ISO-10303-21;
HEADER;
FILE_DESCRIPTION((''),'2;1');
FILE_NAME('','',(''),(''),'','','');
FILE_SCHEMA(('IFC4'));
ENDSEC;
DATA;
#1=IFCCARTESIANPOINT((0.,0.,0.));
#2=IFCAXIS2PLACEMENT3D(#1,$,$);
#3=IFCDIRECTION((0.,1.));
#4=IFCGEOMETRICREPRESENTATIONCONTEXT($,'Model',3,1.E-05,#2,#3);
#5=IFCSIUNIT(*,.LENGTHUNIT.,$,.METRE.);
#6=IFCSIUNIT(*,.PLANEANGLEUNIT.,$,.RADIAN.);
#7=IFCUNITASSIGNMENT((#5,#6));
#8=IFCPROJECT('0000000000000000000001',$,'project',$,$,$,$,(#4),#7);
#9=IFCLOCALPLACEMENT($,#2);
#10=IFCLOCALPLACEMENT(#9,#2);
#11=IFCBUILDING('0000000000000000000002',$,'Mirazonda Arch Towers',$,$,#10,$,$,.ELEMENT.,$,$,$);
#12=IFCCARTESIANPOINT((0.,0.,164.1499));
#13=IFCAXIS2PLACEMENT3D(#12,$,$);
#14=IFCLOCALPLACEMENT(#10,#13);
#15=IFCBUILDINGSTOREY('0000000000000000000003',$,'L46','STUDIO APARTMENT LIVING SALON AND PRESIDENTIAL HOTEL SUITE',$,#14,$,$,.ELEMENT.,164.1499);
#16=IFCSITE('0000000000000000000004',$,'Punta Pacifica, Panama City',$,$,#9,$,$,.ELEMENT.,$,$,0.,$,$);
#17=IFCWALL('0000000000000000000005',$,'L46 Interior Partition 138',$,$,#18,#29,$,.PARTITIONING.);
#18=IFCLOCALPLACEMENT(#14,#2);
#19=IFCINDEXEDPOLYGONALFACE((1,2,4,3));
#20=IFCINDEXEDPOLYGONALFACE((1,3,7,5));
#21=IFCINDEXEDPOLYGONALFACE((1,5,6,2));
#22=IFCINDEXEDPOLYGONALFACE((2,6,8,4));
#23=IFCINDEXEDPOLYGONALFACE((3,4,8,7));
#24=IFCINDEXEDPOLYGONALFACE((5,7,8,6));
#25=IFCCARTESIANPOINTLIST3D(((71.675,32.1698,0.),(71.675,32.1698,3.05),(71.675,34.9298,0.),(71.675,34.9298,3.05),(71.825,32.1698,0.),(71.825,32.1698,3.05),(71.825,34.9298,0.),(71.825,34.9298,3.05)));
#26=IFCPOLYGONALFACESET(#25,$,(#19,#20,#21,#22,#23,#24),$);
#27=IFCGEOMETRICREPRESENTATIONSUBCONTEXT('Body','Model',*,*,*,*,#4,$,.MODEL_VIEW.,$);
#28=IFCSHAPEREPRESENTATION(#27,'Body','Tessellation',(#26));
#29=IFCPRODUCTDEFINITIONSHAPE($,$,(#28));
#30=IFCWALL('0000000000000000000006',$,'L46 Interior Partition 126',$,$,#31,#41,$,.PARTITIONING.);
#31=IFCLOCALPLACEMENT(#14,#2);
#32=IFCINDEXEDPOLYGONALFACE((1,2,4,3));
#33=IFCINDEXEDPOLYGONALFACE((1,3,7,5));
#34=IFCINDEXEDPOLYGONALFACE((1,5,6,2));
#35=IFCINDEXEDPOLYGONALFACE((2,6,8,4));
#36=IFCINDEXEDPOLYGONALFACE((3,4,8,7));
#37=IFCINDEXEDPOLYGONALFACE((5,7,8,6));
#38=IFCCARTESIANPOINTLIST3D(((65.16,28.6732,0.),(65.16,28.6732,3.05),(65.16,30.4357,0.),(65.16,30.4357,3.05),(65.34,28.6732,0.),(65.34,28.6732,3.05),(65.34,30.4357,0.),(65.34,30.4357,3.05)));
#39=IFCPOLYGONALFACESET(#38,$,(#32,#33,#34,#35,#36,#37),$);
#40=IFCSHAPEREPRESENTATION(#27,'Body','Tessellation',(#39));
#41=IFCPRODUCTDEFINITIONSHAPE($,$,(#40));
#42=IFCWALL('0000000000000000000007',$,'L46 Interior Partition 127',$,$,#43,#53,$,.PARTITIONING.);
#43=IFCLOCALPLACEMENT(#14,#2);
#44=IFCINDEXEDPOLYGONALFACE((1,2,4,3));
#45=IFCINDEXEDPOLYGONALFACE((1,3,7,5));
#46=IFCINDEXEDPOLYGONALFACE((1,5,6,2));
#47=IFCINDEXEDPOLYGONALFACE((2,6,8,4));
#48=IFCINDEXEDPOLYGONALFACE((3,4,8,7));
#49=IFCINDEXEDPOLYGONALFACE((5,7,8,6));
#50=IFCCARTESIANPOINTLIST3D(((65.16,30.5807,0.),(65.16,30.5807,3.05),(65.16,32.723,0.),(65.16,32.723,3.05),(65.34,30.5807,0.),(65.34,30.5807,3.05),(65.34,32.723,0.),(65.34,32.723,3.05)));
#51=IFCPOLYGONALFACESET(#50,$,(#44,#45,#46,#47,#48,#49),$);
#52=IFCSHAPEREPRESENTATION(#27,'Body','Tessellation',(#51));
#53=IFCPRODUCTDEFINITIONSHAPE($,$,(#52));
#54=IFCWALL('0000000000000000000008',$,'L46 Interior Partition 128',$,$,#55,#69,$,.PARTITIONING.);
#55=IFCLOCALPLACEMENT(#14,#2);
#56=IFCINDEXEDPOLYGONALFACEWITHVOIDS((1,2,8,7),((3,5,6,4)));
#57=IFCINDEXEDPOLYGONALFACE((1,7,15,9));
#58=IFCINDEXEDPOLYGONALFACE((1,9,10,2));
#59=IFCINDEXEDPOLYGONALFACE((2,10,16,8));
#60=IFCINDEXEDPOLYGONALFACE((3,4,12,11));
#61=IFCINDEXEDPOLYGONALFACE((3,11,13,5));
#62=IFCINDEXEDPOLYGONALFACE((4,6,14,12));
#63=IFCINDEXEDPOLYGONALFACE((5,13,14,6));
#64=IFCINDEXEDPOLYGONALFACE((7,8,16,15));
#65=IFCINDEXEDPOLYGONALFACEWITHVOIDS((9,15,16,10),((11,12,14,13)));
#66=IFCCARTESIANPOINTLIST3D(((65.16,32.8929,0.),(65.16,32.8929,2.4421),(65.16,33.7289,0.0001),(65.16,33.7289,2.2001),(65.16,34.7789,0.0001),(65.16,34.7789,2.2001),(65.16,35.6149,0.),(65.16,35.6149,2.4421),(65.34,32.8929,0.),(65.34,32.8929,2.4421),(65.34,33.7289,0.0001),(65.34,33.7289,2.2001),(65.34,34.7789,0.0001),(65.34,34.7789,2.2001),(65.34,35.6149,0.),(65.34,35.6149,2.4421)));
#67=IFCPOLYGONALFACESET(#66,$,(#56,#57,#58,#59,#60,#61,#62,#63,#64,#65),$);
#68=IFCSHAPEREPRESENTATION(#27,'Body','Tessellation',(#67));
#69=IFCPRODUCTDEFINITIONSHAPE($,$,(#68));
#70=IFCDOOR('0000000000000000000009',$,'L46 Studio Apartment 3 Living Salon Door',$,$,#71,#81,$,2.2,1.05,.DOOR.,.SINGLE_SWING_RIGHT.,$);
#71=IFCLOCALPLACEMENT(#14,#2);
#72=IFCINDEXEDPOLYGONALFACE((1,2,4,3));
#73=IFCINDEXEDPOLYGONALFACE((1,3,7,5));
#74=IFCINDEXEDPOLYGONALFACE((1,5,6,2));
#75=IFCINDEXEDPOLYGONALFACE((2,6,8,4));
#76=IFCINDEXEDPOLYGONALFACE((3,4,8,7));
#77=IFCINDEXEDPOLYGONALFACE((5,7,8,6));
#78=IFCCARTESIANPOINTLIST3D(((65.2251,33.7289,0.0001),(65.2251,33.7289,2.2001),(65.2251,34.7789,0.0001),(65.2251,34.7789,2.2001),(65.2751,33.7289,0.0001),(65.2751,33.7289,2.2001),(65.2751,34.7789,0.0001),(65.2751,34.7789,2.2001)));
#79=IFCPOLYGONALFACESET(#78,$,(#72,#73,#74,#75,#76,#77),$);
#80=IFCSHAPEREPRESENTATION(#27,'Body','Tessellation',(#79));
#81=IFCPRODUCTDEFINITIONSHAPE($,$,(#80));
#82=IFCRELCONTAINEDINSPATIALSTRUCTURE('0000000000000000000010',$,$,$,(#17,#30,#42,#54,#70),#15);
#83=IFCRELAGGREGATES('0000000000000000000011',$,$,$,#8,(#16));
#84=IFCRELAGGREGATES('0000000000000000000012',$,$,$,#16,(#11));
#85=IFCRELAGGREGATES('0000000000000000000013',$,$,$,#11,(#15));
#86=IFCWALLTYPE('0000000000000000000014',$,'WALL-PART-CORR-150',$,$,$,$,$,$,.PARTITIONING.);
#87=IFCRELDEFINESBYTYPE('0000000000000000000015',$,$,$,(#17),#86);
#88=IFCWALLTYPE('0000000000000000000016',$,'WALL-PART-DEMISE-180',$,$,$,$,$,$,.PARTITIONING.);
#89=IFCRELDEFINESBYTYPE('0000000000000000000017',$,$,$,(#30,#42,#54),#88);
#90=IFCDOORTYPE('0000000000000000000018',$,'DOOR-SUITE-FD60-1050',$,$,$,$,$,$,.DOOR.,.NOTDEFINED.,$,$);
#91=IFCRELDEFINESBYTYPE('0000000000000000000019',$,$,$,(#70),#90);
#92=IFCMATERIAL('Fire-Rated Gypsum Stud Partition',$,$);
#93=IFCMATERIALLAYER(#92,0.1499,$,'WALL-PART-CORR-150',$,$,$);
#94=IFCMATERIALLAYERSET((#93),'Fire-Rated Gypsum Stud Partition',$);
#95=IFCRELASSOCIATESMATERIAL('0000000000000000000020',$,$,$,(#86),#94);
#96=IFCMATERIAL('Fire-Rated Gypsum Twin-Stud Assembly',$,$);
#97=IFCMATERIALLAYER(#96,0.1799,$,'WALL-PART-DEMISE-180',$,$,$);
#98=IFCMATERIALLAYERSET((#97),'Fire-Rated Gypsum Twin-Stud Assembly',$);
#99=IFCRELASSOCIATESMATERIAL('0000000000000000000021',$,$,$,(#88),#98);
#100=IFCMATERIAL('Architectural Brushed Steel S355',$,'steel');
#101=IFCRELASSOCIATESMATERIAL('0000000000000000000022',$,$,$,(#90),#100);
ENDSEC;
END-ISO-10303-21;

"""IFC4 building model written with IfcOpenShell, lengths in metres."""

from ifc_helpers import new_model, si_unit, direction, frame, frame_2d, origin, place, context, subcontext, project, spatial, rectangle, extrude, material, layer, layer_set, type_object, element, fill, save


model = new_model("IFC4")

# Units and contexts
model_context = context("Model", 3, precision=1e-05, world=origin(), true_north=direction((0.0, 1.0)))
body_context = subcontext(model_context, "Body", "Model", "MODEL_VIEW")
ifc_project = project(units=[si_unit("LENGTHUNIT", "METRE"), si_unit("PLANEANGLEUNIT", "RADIAN")], contexts=[model_context])

# Site, building, storey
site_placement = place(None, origin())
site = spatial("IfcSite", under=ifc_project, at=site_placement, Name="Punta Pacifica, Panama City", CompositionType="ELEMENT", RefElevation=0.0)
building_placement = place(site_placement, origin())
building = spatial("IfcBuilding", under=site, at=building_placement, Name="Mirazonda Arch Towers", CompositionType="ELEMENT")
storey_placement = place(building_placement, frame((0.0, 0.0, 164.1499)))
storey = spatial("IfcBuildingStorey", under=building, at=storey_placement, Name="L46", Description="STUDIO APARTMENT LIVING SALON AND PRESIDENTIAL HOTEL SUITE", CompositionType="ELEMENT", Elevation=164.1499)

# Shared definitions
ifc_material_1 = material(Name="Architectural Brushed Steel S355", Category="steel")

# Shared definitions
ifc_material_2 = material(Name="Fire-Rated Gypsum Stud Partition")
ifc_layer_1 = layer(ifc_material_2, 0.1499, Name="WALL-PART-CORR-150")
ifc_layer_set_1 = layer_set([ifc_layer_1], Name="Fire-Rated Gypsum Stud Partition")
wall_type_1 = type_object("IfcWallType", Name="WALL-PART-CORR-150", PredefinedType="PARTITIONING", material=ifc_layer_set_1)

# Walls
for number, where, z_axis, x_axis, name in (
    (1, (71.75, 32.1699, 0.0), (0.0, 0.0, 1.0), (0.0, 1.0, 0.0), "L46 Interior Partition 138"),
):
    element("IfcWall", number, at=place(storey_placement, frame(where, z_axis=z_axis, x_axis=x_axis)), inside=storey, type_object=wall_type_1, Name=name, PredefinedType="PARTITIONING", context=body_context, shape_type="SweptSolid", body=[
        extrude(rectangle(XDim=2.76, YDim=0.1499, at=frame_2d((1.3799, 0.0))), origin(), (0.0, 0.0, 1.0), 3.05),
    ])
ifc_material_3 = material(Name="Fire-Rated Gypsum Twin-Stud Assembly")
ifc_layer_2 = layer(ifc_material_3, 0.1799, Name="WALL-PART-DEMISE-180")
ifc_layer_set_2 = layer_set([ifc_layer_2], Name="Fire-Rated Gypsum Twin-Stud Assembly")
wall_type_2 = type_object("IfcWallType", Name="WALL-PART-DEMISE-180", PredefinedType="PARTITIONING", material=ifc_layer_set_2)
wall_1_placement = place(storey_placement, frame((65.25, 28.6731, 0.0), z_axis=(0.0, 0.0, 1.0), x_axis=(0.0, 1.0, 0.0)))
element("IfcWall", 2, at=wall_1_placement, inside=storey, type_object=wall_type_2, Name="L46 Interior Partition 126", PredefinedType="PARTITIONING", context=body_context, shape_type="SweptSolid", body=[
    extrude(rectangle(XDim=1.7625, YDim=0.1799, at=frame_2d((0.8813, 0.0))), origin(), (0.0, 0.0, 1.0), 3.05),
])
wall_2_placement = place(storey_placement, frame((65.25, 30.5806, 0.0), z_axis=(0.0, 0.0, 1.0), x_axis=(0.0, 1.0, 0.0)))
element("IfcWall", 3, at=wall_2_placement, inside=storey, type_object=wall_type_2, Name="L46 Interior Partition 127", PredefinedType="PARTITIONING", context=body_context, shape_type="SweptSolid", body=[
    extrude(rectangle(XDim=2.1423, YDim=0.1799, at=frame_2d((1.0713, 0.0))), origin(), (0.0, 0.0, 1.0), 3.05),
])

# Wall, opening, door
wall_3_placement = place(storey_placement, frame((65.25, 32.8931, 0.0), z_axis=(0.0, 0.0, 1.0), x_axis=(0.0, 1.0, 0.0)))
wall_3 = element("IfcWall", 4, at=wall_3_placement, inside=storey, type_object=wall_type_2, Name="L46 Interior Partition 128", PredefinedType="PARTITIONING", context=body_context, shape_type="SweptSolid", body=[
    extrude(rectangle(XDim=2.7219, YDim=0.1799, at=frame_2d((1.3608, 0.0))), origin(), (0.0, 0.0, 1.0), 2.4421),
])
opening_1_placement = place(wall_3_placement, frame((0.8359, 0.0, 0.0)))
opening_1 = element("IfcOpeningElement", 5, at=opening_1_placement, cuts=wall_3, PredefinedType="OPENING", context=body_context, shape_type="SweptSolid", body=[
    extrude(rectangle(XDim=1.05, YDim=2.2, at=frame_2d((0.5249, 1.1001))), frame((0.0, 0.0999, 0.0), z_axis=(0.0, -1.0, 0.0), x_axis=(1.0, 0.0, 0.0)), (0.0, 0.0, 1.0), 0.2),
])
door_type_1 = type_object("IfcDoorType", Name="DOOR-SUITE-FD60-1050", OperationType="NOTDEFINED", PredefinedType="DOOR", material=ifc_material_1)
door_1_placement = place(opening_1_placement, origin())
door_1 = element("IfcDoor", 6, at=door_1_placement, inside=storey, type_object=door_type_1, Name="L46 Studio Apartment 3 Living Salon Door", OperationType="SINGLE_SWING_RIGHT", OverallHeight=2.2, OverallWidth=1.05, PredefinedType="DOOR", context=body_context, shape_type="SweptSolid", body=[
    extrude(rectangle(XDim=1.05, YDim=2.2, at=frame_2d((0.5249, 1.1001))), frame((0.0, 0.0249, 0.0), z_axis=(0.0, -1.0, 0.0), x_axis=(1.0, 0.0, 0.0)), (0.0, 0.0, 1.0), 0.05),
])
fill(opening_1, door_1)

save(model, "model.ifc")
